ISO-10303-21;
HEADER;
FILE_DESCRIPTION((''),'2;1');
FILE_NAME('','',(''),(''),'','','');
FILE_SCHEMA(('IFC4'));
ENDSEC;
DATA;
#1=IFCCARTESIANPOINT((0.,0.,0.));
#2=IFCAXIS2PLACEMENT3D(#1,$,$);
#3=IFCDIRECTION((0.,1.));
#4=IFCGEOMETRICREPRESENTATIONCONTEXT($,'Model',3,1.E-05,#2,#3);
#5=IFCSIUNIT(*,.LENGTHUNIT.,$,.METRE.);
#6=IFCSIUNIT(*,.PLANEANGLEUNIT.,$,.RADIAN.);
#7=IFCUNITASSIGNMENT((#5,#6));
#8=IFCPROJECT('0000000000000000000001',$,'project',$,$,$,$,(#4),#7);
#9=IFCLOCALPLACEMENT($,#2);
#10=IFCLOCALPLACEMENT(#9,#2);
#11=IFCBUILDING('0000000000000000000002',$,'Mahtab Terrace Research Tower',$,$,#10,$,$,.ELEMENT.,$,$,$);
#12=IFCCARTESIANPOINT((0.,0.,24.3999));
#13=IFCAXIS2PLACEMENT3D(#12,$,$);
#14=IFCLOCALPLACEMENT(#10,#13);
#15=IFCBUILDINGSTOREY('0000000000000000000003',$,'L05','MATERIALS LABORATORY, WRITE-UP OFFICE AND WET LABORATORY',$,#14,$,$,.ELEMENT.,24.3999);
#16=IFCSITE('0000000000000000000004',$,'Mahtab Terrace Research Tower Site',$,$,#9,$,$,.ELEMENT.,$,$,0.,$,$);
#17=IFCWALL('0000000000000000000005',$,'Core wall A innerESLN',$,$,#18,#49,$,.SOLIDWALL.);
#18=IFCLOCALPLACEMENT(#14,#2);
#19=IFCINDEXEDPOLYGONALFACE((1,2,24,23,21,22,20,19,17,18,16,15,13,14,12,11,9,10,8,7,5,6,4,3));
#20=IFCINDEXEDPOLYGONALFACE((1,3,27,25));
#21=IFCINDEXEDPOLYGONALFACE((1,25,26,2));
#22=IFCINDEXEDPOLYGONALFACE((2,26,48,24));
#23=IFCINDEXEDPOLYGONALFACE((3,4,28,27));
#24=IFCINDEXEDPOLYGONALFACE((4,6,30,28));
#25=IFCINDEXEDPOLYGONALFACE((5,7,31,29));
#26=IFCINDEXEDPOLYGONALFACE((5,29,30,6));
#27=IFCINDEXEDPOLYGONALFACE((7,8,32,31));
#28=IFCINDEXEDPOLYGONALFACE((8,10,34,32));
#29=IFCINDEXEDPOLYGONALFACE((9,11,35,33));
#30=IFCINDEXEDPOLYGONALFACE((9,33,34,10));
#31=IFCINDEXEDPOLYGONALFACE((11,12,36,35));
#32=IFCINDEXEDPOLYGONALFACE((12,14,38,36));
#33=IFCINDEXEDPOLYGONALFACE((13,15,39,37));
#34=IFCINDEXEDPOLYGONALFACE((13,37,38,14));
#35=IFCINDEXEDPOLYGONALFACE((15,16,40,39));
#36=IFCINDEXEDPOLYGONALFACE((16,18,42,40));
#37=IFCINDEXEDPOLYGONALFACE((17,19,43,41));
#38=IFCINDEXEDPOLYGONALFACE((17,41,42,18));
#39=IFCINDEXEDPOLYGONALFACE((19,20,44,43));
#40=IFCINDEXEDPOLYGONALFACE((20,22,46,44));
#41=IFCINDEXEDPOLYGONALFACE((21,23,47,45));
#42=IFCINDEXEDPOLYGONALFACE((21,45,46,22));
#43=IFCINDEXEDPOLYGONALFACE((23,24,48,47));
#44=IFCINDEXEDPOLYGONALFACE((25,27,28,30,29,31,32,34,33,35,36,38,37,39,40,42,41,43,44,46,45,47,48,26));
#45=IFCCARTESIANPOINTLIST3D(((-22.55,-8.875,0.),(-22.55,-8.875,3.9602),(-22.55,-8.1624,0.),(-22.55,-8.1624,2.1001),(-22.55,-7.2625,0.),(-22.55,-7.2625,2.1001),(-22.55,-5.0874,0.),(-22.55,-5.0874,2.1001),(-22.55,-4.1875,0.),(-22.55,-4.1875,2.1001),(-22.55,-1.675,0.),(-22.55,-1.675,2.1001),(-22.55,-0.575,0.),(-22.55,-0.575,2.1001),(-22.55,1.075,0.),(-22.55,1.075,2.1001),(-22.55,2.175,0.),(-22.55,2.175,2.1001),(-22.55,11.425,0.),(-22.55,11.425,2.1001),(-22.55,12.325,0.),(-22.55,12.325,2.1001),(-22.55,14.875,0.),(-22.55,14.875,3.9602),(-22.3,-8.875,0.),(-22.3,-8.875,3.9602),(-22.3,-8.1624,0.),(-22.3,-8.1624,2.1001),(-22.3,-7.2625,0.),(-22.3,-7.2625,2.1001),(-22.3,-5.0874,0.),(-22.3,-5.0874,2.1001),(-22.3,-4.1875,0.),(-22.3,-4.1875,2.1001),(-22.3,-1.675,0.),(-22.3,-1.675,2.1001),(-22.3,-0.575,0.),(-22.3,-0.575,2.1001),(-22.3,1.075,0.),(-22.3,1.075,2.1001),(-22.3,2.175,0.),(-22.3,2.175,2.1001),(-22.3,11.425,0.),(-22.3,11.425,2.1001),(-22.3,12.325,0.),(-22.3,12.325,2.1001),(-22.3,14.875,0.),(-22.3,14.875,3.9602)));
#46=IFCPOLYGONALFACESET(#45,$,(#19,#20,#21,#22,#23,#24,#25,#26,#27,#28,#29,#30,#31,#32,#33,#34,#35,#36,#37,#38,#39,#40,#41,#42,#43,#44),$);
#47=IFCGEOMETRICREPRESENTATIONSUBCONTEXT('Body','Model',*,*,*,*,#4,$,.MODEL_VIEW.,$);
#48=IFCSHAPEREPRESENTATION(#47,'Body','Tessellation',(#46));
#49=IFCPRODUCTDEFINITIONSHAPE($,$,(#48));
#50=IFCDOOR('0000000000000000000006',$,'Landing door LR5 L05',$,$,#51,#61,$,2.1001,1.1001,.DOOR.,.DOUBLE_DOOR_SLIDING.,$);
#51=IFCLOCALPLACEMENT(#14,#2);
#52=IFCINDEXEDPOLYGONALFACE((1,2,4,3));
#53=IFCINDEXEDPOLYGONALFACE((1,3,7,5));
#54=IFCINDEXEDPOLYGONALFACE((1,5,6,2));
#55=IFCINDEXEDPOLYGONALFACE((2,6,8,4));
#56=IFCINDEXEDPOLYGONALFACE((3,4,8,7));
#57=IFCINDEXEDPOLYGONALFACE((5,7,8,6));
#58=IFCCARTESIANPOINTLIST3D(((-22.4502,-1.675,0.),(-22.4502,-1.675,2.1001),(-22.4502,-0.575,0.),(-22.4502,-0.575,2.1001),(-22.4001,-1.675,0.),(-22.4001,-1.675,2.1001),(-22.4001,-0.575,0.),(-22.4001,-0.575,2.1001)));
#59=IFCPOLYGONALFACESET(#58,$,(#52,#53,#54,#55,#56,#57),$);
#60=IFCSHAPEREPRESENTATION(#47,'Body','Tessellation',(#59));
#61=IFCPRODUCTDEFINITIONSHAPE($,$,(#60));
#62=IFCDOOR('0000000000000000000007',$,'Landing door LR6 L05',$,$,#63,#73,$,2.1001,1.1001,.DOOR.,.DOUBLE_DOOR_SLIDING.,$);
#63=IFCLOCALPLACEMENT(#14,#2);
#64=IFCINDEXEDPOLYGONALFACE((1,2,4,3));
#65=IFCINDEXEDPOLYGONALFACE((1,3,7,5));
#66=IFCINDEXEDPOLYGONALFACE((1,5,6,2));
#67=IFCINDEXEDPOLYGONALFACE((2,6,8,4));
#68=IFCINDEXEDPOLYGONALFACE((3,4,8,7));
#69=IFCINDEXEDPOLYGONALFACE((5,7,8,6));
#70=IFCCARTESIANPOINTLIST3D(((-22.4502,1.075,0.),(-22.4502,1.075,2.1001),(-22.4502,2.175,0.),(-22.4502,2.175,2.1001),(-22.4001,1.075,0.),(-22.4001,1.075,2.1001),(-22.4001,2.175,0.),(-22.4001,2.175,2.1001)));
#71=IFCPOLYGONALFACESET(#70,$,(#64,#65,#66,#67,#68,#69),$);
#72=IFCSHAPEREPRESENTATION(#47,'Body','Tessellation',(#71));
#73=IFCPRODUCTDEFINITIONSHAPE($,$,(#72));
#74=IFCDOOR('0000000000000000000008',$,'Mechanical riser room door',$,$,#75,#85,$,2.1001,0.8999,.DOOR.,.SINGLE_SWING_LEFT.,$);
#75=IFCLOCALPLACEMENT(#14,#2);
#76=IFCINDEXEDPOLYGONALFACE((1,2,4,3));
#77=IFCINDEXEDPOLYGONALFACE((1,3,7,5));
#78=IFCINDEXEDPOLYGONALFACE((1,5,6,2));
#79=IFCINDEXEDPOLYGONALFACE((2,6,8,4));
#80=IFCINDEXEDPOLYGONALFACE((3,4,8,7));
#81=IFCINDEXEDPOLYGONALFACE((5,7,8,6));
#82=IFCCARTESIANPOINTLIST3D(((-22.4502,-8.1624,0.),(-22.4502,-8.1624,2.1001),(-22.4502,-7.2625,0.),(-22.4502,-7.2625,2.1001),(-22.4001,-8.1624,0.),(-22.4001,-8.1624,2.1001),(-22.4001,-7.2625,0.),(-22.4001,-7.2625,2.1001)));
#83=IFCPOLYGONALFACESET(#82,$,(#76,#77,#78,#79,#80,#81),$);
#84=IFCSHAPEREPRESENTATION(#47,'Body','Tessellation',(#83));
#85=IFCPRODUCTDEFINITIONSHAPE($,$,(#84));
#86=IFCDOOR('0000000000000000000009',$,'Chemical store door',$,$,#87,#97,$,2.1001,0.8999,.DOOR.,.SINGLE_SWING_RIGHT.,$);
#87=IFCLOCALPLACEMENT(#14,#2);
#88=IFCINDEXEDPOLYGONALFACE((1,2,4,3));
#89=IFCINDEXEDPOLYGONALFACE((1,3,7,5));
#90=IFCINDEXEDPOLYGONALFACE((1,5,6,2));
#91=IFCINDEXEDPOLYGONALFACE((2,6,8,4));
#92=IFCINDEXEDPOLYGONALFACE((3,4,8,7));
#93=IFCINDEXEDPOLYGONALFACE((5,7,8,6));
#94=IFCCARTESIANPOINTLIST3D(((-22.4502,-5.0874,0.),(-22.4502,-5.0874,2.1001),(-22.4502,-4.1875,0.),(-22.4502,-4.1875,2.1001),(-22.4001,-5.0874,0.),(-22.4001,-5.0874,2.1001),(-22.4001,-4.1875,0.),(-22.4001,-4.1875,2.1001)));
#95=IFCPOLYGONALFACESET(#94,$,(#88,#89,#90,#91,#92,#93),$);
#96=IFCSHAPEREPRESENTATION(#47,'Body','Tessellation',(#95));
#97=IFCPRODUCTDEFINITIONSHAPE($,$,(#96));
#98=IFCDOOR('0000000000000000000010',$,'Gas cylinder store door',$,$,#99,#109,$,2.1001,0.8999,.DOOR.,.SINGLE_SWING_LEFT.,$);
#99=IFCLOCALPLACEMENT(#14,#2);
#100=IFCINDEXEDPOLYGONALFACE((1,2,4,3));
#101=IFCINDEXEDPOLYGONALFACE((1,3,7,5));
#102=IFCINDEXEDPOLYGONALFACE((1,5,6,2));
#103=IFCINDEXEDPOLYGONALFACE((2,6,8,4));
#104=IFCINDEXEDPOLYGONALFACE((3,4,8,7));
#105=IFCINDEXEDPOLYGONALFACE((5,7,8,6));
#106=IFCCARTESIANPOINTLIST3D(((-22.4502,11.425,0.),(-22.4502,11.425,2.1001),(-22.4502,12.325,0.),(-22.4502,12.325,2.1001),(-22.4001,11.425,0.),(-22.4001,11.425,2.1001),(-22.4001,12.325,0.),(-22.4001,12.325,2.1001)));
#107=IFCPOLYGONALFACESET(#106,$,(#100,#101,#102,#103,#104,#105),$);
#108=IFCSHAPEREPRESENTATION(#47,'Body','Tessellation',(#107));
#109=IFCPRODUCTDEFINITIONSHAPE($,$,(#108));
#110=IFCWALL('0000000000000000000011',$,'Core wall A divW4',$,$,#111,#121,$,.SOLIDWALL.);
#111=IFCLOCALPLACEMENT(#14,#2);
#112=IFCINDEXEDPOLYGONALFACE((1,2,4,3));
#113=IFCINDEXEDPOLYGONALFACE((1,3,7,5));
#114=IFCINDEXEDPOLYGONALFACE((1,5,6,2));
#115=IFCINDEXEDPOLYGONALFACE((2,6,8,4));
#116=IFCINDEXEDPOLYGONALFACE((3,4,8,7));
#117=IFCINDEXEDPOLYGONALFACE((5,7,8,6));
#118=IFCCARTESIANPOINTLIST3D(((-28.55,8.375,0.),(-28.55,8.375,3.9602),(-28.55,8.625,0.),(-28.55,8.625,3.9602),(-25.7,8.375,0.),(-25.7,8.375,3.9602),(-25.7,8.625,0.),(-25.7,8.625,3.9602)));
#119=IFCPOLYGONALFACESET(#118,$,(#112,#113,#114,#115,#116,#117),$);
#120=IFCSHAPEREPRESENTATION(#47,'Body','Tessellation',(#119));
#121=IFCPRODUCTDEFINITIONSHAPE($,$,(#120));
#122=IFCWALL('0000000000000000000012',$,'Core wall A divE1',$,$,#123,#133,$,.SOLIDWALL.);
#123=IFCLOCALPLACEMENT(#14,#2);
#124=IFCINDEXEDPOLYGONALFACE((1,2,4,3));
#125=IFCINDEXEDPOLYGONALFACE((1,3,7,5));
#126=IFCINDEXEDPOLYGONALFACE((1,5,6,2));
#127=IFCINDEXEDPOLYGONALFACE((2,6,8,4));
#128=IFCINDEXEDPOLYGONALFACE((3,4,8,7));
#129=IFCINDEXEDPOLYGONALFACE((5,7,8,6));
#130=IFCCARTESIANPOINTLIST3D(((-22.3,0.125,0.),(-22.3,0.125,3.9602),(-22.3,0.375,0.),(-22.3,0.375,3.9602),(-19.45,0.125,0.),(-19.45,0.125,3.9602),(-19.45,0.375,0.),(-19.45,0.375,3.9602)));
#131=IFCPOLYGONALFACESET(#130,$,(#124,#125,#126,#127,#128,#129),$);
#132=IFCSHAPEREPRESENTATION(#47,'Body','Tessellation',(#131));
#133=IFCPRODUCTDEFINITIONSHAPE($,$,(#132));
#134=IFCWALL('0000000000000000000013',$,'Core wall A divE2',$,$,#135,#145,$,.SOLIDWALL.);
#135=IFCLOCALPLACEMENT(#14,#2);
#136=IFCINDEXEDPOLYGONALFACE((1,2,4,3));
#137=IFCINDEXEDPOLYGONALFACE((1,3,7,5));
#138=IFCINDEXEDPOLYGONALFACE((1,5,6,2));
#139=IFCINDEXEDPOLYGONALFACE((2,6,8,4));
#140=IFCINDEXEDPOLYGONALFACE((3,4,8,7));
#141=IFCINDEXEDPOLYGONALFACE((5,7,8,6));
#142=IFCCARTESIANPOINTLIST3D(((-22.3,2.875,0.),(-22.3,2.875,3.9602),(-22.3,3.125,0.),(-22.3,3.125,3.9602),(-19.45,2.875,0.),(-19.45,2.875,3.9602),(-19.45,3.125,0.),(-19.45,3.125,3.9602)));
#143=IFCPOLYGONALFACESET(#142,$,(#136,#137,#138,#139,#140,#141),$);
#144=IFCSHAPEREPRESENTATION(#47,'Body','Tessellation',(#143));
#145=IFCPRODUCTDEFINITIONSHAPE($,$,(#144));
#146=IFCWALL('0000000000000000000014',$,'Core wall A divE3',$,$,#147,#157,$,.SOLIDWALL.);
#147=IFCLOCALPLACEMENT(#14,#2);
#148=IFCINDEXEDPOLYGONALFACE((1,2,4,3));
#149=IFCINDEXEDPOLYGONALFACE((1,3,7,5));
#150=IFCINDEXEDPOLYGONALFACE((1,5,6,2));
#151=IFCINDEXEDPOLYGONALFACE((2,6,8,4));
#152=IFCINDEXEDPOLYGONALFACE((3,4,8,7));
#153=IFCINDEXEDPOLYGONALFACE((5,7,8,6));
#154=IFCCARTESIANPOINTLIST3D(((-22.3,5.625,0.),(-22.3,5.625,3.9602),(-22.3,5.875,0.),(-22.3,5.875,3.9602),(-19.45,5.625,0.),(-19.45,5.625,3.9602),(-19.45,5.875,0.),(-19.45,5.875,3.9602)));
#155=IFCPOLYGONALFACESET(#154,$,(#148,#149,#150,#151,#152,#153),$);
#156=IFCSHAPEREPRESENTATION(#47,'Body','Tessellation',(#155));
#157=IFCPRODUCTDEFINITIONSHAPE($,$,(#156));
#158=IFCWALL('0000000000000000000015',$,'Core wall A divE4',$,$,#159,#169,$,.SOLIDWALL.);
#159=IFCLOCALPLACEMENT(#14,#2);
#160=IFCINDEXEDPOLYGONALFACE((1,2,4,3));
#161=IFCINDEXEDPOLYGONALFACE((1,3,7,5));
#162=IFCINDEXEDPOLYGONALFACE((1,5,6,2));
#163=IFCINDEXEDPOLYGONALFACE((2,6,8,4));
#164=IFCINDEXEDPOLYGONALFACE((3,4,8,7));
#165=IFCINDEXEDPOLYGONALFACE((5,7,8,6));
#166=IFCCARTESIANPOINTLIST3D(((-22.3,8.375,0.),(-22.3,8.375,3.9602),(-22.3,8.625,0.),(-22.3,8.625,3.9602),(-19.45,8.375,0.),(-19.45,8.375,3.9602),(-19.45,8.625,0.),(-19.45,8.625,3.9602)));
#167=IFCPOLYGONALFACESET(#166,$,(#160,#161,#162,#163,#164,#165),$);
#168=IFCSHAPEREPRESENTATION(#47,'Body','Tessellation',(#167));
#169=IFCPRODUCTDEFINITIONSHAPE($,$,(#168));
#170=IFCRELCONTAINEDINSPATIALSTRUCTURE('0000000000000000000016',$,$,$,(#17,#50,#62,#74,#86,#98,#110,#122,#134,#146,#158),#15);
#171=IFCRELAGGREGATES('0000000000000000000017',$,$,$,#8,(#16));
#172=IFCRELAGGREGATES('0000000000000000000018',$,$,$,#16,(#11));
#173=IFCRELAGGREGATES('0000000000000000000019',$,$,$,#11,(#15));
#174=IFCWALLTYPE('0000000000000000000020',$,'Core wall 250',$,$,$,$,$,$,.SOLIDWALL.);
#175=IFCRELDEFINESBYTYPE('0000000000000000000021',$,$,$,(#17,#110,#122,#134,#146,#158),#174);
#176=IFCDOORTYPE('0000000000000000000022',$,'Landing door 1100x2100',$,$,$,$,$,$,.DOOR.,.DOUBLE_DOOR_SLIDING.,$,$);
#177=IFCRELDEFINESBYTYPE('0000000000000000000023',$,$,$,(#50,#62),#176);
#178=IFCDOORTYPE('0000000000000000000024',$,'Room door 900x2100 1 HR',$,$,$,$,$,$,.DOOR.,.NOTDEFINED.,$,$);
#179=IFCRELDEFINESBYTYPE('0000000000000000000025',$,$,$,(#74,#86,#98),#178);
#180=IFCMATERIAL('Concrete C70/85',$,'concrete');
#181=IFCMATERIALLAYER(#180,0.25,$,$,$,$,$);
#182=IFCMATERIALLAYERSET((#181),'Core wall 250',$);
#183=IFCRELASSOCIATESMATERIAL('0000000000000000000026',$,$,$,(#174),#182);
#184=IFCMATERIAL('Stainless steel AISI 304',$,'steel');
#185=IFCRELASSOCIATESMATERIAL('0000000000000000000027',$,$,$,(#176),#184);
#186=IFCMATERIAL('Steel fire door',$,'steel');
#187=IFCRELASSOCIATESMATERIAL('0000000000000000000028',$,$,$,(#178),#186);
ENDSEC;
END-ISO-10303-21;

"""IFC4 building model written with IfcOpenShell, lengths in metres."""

from ifc_helpers import new_model, si_unit, direction, frame, frame_2d, origin, place, context, subcontext, project, spatial, rectangle, extrude, material, layer, layer_set, type_object, element, fill, save


model = new_model("IFC4")

# Units and contexts
model_context = context("Model", 3, precision=1e-05, world=origin(), true_north=direction((0.0, 1.0)))
body_context = subcontext(model_context, "Body", "Model", "MODEL_VIEW")
ifc_project = project(units=[si_unit("LENGTHUNIT", "METRE"), si_unit("PLANEANGLEUNIT", "RADIAN")], contexts=[model_context])

# Site, building, storey
site_placement = place(None, origin())
site = spatial("IfcSite", under=ifc_project, at=site_placement, Name="Mahtab Terrace Research Tower Site", CompositionType="ELEMENT", RefElevation=0.0)
building_placement = place(site_placement, origin())
building = spatial("IfcBuilding", under=site, at=building_placement, Name="Mahtab Terrace Research Tower", CompositionType="ELEMENT")
storey_placement = place(building_placement, frame((0.0, 0.0, 24.3999)))
storey = spatial("IfcBuildingStorey", under=building, at=storey_placement, Name="L05", Description="MATERIALS LABORATORY, WRITE-UP OFFICE AND WET LABORATORY", CompositionType="ELEMENT", Elevation=24.3999)

# Shared definitions
ifc_material_1 = material(Name="Concrete C70/85", Category="concrete")

# Shared definitions
ifc_layer = layer(ifc_material_1, 0.25)
ifc_layer_set = layer_set([ifc_layer], Name="Core wall 250")
wall_type = type_object("IfcWallType", Name="Core wall 250", PredefinedType="SOLIDWALL", material=ifc_layer_set)
ifc_material_2 = material(Name="Steel fire door", Category="steel")

# Wall, openings, doors
wall_1_placement = place(storey_placement, frame((-22.425, 14.875, 0.0), z_axis=(0.0, 0.0, 1.0), x_axis=(0.0, -1.0, 0.0)))
wall_1 = element("IfcWall", 1, at=wall_1_placement, inside=storey, type_object=wall_type, Name="Core wall A innerESLN", PredefinedType="SOLIDWALL", context=body_context, shape_type="SweptSolid", body=[
    extrude(rectangle(XDim=23.75, YDim=0.25, at=frame_2d((11.875, 0.0))), origin(), (0.0, 0.0, 1.0), 3.9602),
])
opening_1_placement = place(wall_1_placement, frame((15.45, 0.0, 0.0)))
opening_1 = element("IfcOpeningElement", 2, at=opening_1_placement, cuts=wall_1, PredefinedType="OPENING", context=body_context, shape_type="SweptSolid", body=[
    extrude(rectangle(XDim=1.1001, YDim=2.1001, at=frame_2d((0.55, 1.05))), frame((0.0, 0.135, 0.0), z_axis=(0.0, -1.0, 0.0), x_axis=(1.0, 0.0, 0.0)), (0.0, 0.0, 1.0), 0.27),
])
opening_2_placement = place(wall_1_placement, frame((12.7, 0.0, 0.0)))
opening_2 = element("IfcOpeningElement", 3, at=opening_2_placement, cuts=wall_1, PredefinedType="OPENING", context=body_context, shape_type="SweptSolid", body=[
    extrude(rectangle(XDim=1.1001, YDim=2.1001, at=frame_2d((0.55, 1.05))), frame((0.0, 0.135, 0.0), z_axis=(0.0, -1.0, 0.0), x_axis=(1.0, 0.0, 0.0)), (0.0, 0.0, 1.0), 0.27),
])
opening_3_placement = place(wall_1_placement, frame((22.1375, 0.0, 0.0)))
opening_3 = element("IfcOpeningElement", 4, at=opening_3_placement, cuts=wall_1, PredefinedType="OPENING", context=body_context, shape_type="SweptSolid", body=[
    extrude(rectangle(XDim=0.8999, YDim=2.1001, at=frame_2d((0.45, 1.05))), frame((0.0, 0.135, 0.0), z_axis=(0.0, -1.0, 0.0), x_axis=(1.0, 0.0, 0.0)), (0.0, 0.0, 1.0), 0.27),
])
opening_4_placement = place(wall_1_placement, frame((19.0625, 0.0, 0.0)))
opening_4 = element("IfcOpeningElement", 5, at=opening_4_placement, cuts=wall_1, PredefinedType="OPENING", context=body_context, shape_type="SweptSolid", body=[
    extrude(rectangle(XDim=0.8999, YDim=2.1001, at=frame_2d((0.45, 1.05))), frame((0.0, 0.135, 0.0), z_axis=(0.0, -1.0, 0.0), x_axis=(1.0, 0.0, 0.0)), (0.0, 0.0, 1.0), 0.27),
])
opening_5_placement = place(wall_1_placement, frame((2.55, 0.0, 0.0)))
opening_5 = element("IfcOpeningElement", 6, at=opening_5_placement, cuts=wall_1, PredefinedType="OPENING", context=body_context, shape_type="SweptSolid", body=[
    extrude(rectangle(XDim=0.8999, YDim=2.1001, at=frame_2d((0.45, 1.05))), frame((0.0, 0.135, 0.0), z_axis=(0.0, -1.0, 0.0), x_axis=(1.0, 0.0, 0.0)), (0.0, 0.0, 1.0), 0.27),
])
ifc_material_3 = material(Name="Stainless steel AISI 304", Category="steel")
door_type_1 = type_object("IfcDoorType", Name="Landing door 1100x2100", OperationType="DOUBLE_DOOR_SLIDING", PredefinedType="DOOR", material=ifc_material_3)
door_1_placement = place(opening_1_placement, origin())
door_1 = element("IfcDoor", 7, at=door_1_placement, inside=storey, type_object=door_type_1, Name="Landing door LR5 L05", OperationType="DOUBLE_DOOR_SLIDING", OverallHeight=2.1001, OverallWidth=1.1001, PredefinedType="DOOR", context=body_context, shape_type="SweptSolid", body=[
    extrude(rectangle(XDim=1.1001, YDim=2.1001, at=frame_2d((0.55, 1.05))), frame((0.0, 0.0249, 0.0), z_axis=(0.0, -1.0, 0.0), x_axis=(1.0, 0.0, 0.0)), (0.0, 0.0, 1.0), 0.05),
])
fill(opening_1, door_1)
door_2_placement = place(opening_2_placement, origin())
door_2 = element("IfcDoor", 8, at=door_2_placement, inside=storey, type_object=door_type_1, Name="Landing door LR6 L05", OperationType="DOUBLE_DOOR_SLIDING", OverallHeight=2.1001, OverallWidth=1.1001, PredefinedType="DOOR", context=body_context, shape_type="SweptSolid", body=[
    extrude(rectangle(XDim=1.1001, YDim=2.1001, at=frame_2d((0.55, 1.05))), frame((0.0, 0.0249, 0.0), z_axis=(0.0, -1.0, 0.0), x_axis=(1.0, 0.0, 0.0)), (0.0, 0.0, 1.0), 0.05),
])
fill(opening_2, door_2)
door_type_2 = type_object("IfcDoorType", Name="Room door 900x2100 1 HR", OperationType="NOTDEFINED", PredefinedType="DOOR", material=ifc_material_2)
door_3_placement = place(opening_3_placement, origin())
door_3 = element("IfcDoor", 9, at=door_3_placement, inside=storey, type_object=door_type_2, Name="Mechanical riser room door", OperationType="SINGLE_SWING_LEFT", OverallHeight=2.1001, OverallWidth=0.8999, PredefinedType="DOOR", context=body_context, shape_type="SweptSolid", body=[
    extrude(rectangle(XDim=0.8999, YDim=2.1001, at=frame_2d((0.45, 1.05))), frame((0.0, 0.0249, 0.0), z_axis=(0.0, -1.0, 0.0), x_axis=(1.0, 0.0, 0.0)), (0.0, 0.0, 1.0), 0.05),
])
fill(opening_3, door_3)
door_4_placement = place(opening_4_placement, origin())
door_4 = element("IfcDoor", 10, at=door_4_placement, inside=storey, type_object=door_type_2, Name="Chemical store door", OperationType="SINGLE_SWING_RIGHT", OverallHeight=2.1001, OverallWidth=0.8999, PredefinedType="DOOR", context=body_context, shape_type="SweptSolid", body=[
    extrude(rectangle(XDim=0.8999, YDim=2.1001, at=frame_2d((0.45, 1.05))), frame((0.0, 0.0249, 0.0), z_axis=(0.0, -1.0, 0.0), x_axis=(1.0, 0.0, 0.0)), (0.0, 0.0, 1.0), 0.05),
])
fill(opening_4, door_4)
door_5_placement = place(opening_5_placement, origin())
door_5 = element("IfcDoor", 11, at=door_5_placement, inside=storey, type_object=door_type_2, Name="Gas cylinder store door", OperationType="SINGLE_SWING_LEFT", OverallHeight=2.1001, OverallWidth=0.8999, PredefinedType="DOOR", context=body_context, shape_type="SweptSolid", body=[
    extrude(rectangle(XDim=0.8999, YDim=2.1001, at=frame_2d((0.45, 1.05))), frame((0.0, 0.0249, 0.0), z_axis=(0.0, -1.0, 0.0), x_axis=(1.0, 0.0, 0.0)), (0.0, 0.0, 1.0), 0.05),
])
fill(opening_5, door_5)

# Walls
for number, where, z_axis, x_axis, name in (
    (12, (-28.55, 8.5, 0.0), (0.0, 0.0, 1.0), (1.0, 0.0, 0.0), "Core wall A divW4"),
    (13, (-22.3, 0.25, 0.0), (0.0, 0.0, 1.0), (1.0, 0.0, 0.0), "Core wall A divE1"),
    (14, (-22.3, 3.0, 0.0), (0.0, 0.0, 1.0), (1.0, 0.0, 0.0), "Core wall A divE2"),
    (15, (-22.3, 5.75, 0.0), (0.0, 0.0, 1.0), (1.0, 0.0, 0.0), "Core wall A divE3"),
    (16, (-22.3, 8.5, 0.0), (0.0, 0.0, 1.0), (1.0, 0.0, 0.0), "Core wall A divE4"),
):
    element("IfcWall", number, at=place(storey_placement, frame(where, z_axis=z_axis, x_axis=x_axis)), inside=storey, type_object=wall_type, Name=name, PredefinedType="SOLIDWALL", context=body_context, shape_type="SweptSolid", body=[
        extrude(rectangle(XDim=2.8501, YDim=0.25, at=frame_2d((1.425, 0.0))), origin(), (0.0, 0.0, 1.0), 3.9602),
    ])

save(model, "model.ifc")
